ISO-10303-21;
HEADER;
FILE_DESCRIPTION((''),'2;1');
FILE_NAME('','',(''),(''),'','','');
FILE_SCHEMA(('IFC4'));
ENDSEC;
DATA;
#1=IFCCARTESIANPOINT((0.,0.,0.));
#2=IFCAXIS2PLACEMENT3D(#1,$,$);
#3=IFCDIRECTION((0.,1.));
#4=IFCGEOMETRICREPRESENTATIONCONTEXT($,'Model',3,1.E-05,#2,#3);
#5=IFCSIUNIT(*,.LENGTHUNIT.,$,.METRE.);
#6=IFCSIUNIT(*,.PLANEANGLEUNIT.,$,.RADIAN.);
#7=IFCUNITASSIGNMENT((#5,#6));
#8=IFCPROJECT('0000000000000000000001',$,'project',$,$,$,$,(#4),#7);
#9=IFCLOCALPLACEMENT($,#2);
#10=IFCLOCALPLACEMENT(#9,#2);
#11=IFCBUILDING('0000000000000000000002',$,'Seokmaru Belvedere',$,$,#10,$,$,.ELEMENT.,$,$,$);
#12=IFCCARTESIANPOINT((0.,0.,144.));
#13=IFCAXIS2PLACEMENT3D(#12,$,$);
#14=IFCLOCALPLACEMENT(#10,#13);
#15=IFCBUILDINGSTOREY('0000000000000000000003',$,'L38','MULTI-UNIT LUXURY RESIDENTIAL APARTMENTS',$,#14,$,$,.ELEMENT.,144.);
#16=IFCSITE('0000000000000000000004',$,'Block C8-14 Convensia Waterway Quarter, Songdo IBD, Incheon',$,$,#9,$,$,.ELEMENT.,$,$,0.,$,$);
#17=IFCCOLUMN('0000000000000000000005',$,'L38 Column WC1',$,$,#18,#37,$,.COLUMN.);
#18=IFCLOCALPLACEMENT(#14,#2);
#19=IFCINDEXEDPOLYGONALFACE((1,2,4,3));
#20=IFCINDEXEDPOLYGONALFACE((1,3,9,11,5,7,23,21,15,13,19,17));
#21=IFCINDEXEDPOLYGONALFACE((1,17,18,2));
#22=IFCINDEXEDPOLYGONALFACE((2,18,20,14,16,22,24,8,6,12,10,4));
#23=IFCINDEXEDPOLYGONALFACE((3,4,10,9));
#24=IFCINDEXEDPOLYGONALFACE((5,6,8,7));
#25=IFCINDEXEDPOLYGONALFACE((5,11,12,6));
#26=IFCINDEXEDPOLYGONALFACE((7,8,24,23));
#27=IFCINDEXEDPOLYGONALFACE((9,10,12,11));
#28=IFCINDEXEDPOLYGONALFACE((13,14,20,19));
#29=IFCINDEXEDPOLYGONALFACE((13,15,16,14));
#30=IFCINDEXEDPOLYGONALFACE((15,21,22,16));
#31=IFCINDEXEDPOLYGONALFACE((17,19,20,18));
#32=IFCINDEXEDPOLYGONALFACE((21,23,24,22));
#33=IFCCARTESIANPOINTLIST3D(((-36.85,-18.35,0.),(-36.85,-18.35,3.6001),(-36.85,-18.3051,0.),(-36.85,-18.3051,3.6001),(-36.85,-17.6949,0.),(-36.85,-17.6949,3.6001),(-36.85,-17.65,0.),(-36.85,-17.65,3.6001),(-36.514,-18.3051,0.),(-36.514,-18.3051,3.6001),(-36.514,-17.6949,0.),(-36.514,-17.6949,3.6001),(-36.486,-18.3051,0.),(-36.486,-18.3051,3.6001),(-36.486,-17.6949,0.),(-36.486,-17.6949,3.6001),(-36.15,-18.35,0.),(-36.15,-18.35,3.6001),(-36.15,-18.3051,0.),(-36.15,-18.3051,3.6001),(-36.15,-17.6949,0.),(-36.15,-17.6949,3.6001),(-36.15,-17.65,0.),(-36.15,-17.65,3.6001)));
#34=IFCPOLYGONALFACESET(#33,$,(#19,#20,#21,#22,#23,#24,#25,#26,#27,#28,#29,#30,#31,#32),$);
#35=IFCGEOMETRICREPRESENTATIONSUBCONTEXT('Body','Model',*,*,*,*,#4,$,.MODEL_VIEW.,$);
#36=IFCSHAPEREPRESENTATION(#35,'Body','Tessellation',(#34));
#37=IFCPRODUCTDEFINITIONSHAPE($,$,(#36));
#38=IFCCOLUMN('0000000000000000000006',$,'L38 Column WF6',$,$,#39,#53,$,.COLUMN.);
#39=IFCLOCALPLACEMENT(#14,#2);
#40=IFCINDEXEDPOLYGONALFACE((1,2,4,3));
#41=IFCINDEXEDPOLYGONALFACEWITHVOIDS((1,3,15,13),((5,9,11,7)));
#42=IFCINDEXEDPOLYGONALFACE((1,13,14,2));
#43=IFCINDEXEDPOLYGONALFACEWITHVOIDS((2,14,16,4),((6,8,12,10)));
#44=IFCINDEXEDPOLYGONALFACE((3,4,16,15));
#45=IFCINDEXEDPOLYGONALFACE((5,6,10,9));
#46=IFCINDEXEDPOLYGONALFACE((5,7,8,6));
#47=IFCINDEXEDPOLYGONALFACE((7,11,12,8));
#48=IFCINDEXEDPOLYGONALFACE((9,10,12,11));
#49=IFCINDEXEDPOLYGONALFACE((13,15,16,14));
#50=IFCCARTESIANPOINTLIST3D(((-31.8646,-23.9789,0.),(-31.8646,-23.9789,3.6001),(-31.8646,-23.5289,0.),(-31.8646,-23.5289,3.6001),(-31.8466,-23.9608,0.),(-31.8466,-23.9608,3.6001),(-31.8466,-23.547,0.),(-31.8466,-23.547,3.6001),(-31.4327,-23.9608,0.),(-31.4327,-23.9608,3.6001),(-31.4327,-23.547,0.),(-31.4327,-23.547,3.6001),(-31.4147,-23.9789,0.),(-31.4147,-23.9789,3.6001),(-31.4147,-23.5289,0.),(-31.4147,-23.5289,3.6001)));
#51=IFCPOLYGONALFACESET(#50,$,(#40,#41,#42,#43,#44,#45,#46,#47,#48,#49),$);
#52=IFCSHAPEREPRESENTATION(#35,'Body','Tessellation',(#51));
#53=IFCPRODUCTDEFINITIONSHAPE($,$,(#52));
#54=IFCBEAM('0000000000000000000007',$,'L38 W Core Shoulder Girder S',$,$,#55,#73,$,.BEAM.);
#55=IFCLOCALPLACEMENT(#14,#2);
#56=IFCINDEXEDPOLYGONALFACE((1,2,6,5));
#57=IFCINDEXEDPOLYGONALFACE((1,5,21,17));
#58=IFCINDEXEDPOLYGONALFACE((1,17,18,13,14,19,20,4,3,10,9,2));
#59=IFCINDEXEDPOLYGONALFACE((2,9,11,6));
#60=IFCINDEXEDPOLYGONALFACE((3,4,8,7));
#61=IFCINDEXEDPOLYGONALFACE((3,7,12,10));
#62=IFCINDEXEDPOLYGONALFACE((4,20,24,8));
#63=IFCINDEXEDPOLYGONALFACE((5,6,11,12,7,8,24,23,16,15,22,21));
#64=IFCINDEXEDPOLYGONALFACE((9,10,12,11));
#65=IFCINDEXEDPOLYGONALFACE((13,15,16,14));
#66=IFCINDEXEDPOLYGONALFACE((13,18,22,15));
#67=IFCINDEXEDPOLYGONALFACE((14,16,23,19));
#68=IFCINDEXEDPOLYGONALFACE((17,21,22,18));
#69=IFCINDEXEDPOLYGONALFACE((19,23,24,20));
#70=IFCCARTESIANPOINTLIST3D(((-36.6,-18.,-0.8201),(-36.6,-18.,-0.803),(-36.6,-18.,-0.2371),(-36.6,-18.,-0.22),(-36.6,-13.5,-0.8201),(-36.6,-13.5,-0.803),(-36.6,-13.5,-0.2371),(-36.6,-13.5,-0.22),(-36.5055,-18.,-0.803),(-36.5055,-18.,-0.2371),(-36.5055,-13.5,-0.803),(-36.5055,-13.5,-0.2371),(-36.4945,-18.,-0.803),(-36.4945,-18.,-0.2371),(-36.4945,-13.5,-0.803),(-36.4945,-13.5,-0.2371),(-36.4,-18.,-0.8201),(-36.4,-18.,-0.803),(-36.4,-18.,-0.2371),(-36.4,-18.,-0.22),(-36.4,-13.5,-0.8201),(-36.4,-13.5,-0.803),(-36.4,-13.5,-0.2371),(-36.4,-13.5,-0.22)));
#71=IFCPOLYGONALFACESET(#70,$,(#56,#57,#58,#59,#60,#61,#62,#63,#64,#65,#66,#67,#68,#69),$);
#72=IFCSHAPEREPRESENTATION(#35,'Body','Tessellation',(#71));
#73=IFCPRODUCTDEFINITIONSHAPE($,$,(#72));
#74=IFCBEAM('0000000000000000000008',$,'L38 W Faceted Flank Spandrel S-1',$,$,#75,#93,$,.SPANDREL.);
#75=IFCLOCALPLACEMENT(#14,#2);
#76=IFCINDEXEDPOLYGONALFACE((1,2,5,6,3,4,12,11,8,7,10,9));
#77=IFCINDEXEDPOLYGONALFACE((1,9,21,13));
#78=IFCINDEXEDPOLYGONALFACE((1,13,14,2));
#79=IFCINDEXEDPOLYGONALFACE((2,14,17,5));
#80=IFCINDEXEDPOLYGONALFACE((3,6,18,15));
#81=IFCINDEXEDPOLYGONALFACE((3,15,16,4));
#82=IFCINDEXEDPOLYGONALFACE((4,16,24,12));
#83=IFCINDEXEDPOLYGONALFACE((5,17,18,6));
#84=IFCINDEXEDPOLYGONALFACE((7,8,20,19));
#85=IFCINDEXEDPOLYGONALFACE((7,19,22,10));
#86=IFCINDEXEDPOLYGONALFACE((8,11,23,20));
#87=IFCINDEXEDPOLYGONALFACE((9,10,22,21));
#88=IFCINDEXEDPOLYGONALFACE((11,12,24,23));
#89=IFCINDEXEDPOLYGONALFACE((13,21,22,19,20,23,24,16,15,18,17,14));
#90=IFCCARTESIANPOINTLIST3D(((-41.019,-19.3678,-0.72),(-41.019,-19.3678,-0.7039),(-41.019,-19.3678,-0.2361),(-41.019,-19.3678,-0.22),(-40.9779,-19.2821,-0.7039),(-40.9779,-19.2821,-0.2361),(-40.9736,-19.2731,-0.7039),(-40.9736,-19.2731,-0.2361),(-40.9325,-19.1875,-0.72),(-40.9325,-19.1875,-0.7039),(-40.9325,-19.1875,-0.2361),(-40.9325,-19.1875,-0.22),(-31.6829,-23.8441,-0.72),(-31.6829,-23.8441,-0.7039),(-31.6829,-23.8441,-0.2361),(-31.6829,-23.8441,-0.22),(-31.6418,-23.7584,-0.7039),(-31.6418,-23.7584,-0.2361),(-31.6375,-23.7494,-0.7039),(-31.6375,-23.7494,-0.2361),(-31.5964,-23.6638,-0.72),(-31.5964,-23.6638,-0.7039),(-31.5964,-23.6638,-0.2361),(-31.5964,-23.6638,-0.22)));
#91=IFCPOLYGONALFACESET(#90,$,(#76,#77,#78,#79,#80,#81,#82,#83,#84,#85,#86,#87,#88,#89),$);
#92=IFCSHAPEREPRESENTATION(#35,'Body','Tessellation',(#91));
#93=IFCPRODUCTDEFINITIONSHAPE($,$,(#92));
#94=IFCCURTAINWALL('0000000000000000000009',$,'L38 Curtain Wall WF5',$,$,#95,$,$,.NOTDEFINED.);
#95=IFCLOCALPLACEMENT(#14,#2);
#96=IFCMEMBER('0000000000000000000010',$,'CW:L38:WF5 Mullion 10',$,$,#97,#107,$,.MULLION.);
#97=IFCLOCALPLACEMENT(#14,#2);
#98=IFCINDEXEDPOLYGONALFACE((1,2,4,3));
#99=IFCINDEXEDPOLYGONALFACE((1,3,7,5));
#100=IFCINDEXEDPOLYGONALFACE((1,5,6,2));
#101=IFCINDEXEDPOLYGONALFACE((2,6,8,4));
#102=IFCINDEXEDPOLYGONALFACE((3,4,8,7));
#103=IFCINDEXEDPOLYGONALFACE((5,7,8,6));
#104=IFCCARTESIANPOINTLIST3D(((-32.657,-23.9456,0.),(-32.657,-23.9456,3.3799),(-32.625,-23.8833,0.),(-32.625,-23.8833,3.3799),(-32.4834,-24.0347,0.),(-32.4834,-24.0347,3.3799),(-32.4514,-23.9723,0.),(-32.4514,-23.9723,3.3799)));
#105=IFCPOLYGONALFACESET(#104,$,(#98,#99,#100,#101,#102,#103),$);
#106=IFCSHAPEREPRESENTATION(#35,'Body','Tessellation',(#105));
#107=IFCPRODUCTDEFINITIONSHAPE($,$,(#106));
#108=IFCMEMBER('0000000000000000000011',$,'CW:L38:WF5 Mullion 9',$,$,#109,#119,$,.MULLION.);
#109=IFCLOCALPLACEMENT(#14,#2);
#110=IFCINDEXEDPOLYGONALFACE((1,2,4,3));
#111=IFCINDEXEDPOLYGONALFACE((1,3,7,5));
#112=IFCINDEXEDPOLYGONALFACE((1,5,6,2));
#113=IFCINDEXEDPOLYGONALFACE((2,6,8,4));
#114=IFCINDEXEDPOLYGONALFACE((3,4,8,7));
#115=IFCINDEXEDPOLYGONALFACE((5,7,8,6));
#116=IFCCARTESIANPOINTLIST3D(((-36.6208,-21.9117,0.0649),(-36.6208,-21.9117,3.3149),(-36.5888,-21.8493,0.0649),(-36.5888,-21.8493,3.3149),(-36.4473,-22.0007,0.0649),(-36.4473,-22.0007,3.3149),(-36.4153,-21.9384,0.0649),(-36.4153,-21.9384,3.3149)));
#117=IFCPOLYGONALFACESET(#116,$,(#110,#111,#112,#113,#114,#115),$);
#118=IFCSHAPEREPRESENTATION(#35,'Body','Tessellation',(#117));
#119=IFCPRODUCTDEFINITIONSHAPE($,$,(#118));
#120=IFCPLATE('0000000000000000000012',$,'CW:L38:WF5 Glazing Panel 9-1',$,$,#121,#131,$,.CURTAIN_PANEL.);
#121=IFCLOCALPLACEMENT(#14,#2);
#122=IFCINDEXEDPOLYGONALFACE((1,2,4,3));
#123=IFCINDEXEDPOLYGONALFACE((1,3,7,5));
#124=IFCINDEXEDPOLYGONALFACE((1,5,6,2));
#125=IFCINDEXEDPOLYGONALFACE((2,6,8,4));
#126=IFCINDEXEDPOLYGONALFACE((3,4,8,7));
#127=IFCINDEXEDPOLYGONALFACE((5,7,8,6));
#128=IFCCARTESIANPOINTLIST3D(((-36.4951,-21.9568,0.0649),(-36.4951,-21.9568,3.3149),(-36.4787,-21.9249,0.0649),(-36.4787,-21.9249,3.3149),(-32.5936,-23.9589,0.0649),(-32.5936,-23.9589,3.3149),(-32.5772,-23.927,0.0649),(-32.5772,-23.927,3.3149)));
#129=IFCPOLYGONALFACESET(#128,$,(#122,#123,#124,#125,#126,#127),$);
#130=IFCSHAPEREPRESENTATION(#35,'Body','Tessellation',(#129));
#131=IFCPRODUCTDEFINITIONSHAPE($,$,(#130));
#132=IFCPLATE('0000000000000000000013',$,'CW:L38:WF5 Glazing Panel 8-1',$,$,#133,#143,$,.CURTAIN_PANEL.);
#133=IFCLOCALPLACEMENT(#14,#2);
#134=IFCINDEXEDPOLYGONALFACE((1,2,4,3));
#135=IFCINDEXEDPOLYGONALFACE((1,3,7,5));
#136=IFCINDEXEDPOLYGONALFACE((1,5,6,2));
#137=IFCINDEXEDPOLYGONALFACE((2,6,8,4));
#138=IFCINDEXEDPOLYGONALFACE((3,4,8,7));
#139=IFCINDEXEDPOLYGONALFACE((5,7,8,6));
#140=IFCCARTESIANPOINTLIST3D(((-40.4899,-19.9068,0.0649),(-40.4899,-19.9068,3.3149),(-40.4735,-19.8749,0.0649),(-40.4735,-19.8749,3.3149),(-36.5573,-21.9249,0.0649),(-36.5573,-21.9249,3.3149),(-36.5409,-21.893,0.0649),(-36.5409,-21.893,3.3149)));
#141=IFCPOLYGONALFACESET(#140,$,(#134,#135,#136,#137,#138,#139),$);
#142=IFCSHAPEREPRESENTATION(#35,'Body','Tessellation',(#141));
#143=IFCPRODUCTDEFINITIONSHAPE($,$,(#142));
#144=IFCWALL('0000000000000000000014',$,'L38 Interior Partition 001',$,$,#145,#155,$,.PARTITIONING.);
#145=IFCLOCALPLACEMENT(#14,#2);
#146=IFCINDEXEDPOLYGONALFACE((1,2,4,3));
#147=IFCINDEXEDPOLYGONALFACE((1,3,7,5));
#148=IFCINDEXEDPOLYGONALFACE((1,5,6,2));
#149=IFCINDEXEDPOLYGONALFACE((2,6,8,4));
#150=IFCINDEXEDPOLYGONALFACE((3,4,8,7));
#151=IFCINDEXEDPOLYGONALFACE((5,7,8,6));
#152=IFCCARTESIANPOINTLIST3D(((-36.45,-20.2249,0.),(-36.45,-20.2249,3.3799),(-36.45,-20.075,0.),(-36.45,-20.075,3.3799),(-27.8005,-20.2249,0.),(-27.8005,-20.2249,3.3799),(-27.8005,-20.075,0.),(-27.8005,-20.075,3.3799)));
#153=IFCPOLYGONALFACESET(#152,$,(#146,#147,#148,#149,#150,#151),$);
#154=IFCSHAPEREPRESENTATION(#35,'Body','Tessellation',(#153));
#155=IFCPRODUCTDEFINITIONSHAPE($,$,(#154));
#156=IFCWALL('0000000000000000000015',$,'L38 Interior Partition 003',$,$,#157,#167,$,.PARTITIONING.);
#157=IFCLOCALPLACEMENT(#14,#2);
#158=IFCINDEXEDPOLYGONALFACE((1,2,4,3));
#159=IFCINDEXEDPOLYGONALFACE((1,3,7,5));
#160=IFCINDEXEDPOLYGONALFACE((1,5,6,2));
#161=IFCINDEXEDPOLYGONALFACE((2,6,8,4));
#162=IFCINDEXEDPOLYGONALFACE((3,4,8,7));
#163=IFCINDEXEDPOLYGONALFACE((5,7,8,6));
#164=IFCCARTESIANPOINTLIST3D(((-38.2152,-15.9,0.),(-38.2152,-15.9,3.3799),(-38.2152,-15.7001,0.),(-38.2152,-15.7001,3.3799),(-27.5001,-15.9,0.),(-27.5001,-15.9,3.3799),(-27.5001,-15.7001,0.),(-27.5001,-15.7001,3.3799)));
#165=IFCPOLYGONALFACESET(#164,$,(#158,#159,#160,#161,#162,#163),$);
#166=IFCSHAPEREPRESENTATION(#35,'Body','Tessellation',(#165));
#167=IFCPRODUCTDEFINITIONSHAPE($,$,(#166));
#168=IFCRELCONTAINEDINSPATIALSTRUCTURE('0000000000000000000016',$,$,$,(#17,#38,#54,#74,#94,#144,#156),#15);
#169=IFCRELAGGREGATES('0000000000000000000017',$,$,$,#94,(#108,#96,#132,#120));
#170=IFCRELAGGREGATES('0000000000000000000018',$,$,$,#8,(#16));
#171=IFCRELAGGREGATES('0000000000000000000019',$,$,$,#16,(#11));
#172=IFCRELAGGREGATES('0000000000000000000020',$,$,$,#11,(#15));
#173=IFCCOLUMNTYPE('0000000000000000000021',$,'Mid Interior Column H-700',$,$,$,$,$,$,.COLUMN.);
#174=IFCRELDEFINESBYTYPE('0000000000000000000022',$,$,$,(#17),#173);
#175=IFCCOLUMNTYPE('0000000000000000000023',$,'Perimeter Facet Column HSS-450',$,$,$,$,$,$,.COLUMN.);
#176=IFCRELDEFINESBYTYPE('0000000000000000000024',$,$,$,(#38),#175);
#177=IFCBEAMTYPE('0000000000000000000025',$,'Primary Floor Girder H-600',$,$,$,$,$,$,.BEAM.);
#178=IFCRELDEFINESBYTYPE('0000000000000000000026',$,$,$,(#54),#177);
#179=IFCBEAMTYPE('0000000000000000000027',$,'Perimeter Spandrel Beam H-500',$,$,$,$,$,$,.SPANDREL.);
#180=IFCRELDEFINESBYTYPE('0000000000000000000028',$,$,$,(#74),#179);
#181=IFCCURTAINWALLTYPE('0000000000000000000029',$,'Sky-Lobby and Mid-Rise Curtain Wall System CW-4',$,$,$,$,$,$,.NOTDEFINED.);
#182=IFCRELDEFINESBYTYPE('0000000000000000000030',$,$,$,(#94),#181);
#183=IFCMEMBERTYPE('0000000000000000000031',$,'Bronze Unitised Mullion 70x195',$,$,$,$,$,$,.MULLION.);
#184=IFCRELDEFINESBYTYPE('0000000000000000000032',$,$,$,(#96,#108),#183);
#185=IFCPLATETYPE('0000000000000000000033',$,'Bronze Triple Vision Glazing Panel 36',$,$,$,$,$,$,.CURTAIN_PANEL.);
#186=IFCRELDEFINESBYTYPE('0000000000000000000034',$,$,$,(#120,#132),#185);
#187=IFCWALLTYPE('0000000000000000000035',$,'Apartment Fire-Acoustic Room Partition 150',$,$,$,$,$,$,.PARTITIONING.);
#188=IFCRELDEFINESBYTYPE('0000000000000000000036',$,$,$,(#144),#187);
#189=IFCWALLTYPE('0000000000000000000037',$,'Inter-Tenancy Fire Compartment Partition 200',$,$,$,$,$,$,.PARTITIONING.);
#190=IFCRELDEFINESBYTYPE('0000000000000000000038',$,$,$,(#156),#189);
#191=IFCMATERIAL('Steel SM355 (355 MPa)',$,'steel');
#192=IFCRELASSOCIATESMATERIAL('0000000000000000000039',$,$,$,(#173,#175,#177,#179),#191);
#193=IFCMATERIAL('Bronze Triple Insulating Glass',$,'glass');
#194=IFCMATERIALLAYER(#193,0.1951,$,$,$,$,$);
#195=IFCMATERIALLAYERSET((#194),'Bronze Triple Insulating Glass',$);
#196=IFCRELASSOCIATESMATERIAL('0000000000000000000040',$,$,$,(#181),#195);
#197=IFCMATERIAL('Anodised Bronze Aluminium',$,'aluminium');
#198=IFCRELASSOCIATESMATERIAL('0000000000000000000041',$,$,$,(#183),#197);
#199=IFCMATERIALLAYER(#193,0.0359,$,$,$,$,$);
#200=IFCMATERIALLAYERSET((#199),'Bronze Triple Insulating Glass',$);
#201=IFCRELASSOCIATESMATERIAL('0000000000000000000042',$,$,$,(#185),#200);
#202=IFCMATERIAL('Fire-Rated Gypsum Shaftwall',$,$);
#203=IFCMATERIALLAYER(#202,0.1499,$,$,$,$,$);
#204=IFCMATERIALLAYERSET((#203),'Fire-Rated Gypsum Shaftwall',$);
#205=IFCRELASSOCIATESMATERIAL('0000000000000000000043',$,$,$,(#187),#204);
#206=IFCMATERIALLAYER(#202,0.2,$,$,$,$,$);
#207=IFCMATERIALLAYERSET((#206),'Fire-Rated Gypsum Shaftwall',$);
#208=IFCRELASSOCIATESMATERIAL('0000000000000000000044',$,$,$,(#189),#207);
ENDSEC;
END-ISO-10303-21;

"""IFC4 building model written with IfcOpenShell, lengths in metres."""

from ifc_helpers import new_model, si_unit, direction, frame, frame_2d, origin, origin_2d, place, context, subcontext, project, spatial, rectangle, hollow_rectangle, i_section, extrude, source, transform, mapped, material, layer, layer_set, material_profile, profile_set, type_object, type_shapes, element, aggregate, save


model = new_model("IFC4")

# Units and contexts
model_context = context("Model", 3, precision=1e-05, world=origin(), true_north=direction((0.0, 1.0)))
body_context = subcontext(model_context, "Body", "Model", "MODEL_VIEW")
ifc_project = project(units=[si_unit("LENGTHUNIT", "METRE"), si_unit("PLANEANGLEUNIT", "RADIAN")], contexts=[model_context])

# Site, building, storey
site_placement = place(None, origin())
site = spatial("IfcSite", under=ifc_project, at=site_placement, Name="Block C8-14 Convensia Waterway Quarter, Songdo IBD, Incheon", CompositionType="ELEMENT", RefElevation=0.0)
building_placement = place(site_placement, origin())
building = spatial("IfcBuilding", under=site, at=building_placement, Name="Seokmaru Belvedere", CompositionType="ELEMENT")
storey_placement = place(building_placement, frame((0.0, 0.0, 144.0)))
storey = spatial("IfcBuildingStorey", under=building, at=storey_placement, Name="L38", Description="MULTI-UNIT LUXURY RESIDENTIAL APARTMENTS", CompositionType="ELEMENT", Elevation=144.0)

# Columns
ifc_material_1 = material(Name="Steel SM355 (355 MPa)", Category="steel")
ifc_material_profile_1 = material_profile(ifc_material_1, i_section(OverallWidth=0.7, OverallDepth=0.7, WebThickness=0.0281, FlangeThickness=0.0449, at=origin_2d()), Name="H-700x700x28x45")
ifc_profile_set_1 = profile_set([ifc_material_profile_1], Name="Steel SM355 (355 MPa)")
column_type_1 = type_object("IfcColumnType", Name="Mid Interior Column H-700", PredefinedType="COLUMN", material=ifc_profile_set_1)
shared_shape_1 = source(origin(), body_context, "Body", "SweptSolid", [
    extrude(i_section(OverallWidth=0.7, OverallDepth=0.7, WebThickness=0.0281, FlangeThickness=0.0449, at=origin_2d()), origin(), (0.0, 0.0, 1.0), 3.6001),
])
type_shapes(column_type_1, [shared_shape_1])
column_1_placement = place(storey_placement, frame((-36.5, -18.0, 0.0), z_axis=(0.0, 0.0, 1.0), x_axis=(1.0, 0.0, 0.0)))
element("IfcColumn", 1, at=column_1_placement, inside=storey, type_object=column_type_1, Name="L38 Column WC1", PredefinedType="COLUMN", context=body_context, shape_type="MappedRepresentation", body=[
    mapped(shared_shape_1, transform((0.0, 0.0, 0.0), scale=1.0)),
])
ifc_material_profile_2 = material_profile(ifc_material_1, hollow_rectangle(XDim=0.45, YDim=0.45, WallThickness=0.0181, at=origin_2d()), Name="HSS-450x450x18")
ifc_profile_set_2 = profile_set([ifc_material_profile_2], Name="Steel SM355 (355 MPa)")
column_type_2 = type_object("IfcColumnType", Name="Perimeter Facet Column HSS-450", PredefinedType="COLUMN", material=ifc_profile_set_2)
shared_shape_2 = source(origin(), body_context, "Body", "SweptSolid", [
    extrude(hollow_rectangle(XDim=0.45, YDim=0.45, WallThickness=0.0181, at=origin_2d()), origin(), (0.0, 0.0, 1.0), 3.6001),
])
type_shapes(column_type_2, [shared_shape_2])
column_2_placement = place(storey_placement, frame((-31.6396, -23.7539, 0.0), z_axis=(0.0, 0.0, 1.0), x_axis=(1.0, 0.0, 0.0)))
element("IfcColumn", 2, at=column_2_placement, inside=storey, type_object=column_type_2, Name="L38 Column WF6", PredefinedType="COLUMN", context=body_context, shape_type="MappedRepresentation", body=[
    mapped(shared_shape_2, transform((0.0, 0.0, 0.0), scale=1.0)),
])

# Beams
ifc_material_profile_3 = material_profile(ifc_material_1, i_section(OverallWidth=0.2, OverallDepth=0.6001, WebThickness=0.011, FlangeThickness=0.0171, at=origin_2d()), Name="H-600x200x11x17")
ifc_profile_set_3 = profile_set([ifc_material_profile_3], Name="Steel SM355 (355 MPa)")
beam_type_1 = type_object("IfcBeamType", Name="Primary Floor Girder H-600", PredefinedType="BEAM", material=ifc_profile_set_3)
shared_shape_3 = source(origin(), body_context, "Body", "SweptSolid", [
    extrude(i_section(OverallWidth=0.2, OverallDepth=0.6001, WebThickness=0.011, FlangeThickness=0.0171, at=origin_2d()), origin(), (0.0, 0.0, 1.0), 4.5),
])
type_shapes(beam_type_1, [shared_shape_3])
beam_1_placement = place(storey_placement, frame((-36.5, -18.0, -0.52), z_axis=(0.0, 1.0, 0.0), x_axis=(-1.0, 0.0, 0.0)))
element("IfcBeam", 3, at=beam_1_placement, inside=storey, type_object=beam_type_1, Name="L38 W Core Shoulder Girder S", PredefinedType="BEAM", context=body_context, shape_type="MappedRepresentation", body=[
    mapped(shared_shape_3, transform((0.0, 0.0, 0.0), scale=1.0)),
])
ifc_material_profile_4 = material_profile(ifc_material_1, i_section(OverallWidth=0.2, OverallDepth=0.5, WebThickness=0.01, FlangeThickness=0.0161, at=origin_2d()), Name="H-500x200x10x16")
ifc_profile_set_4 = profile_set([ifc_material_profile_4], Name="Steel SM355 (355 MPa)")
beam_type_2 = type_object("IfcBeamType", Name="Perimeter Spandrel Beam H-500", PredefinedType="SPANDREL", material=ifc_profile_set_4)
shared_shape_4 = source(origin(), body_context, "Body", "SweptSolid", [
    extrude(i_section(OverallWidth=0.2, OverallDepth=0.5, WebThickness=0.01, FlangeThickness=0.0161, at=origin_2d()), origin(), (0.0, 0.0, 1.0), 10.3538),
])
type_shapes(beam_type_2, [shared_shape_4])
beam_2_placement = place(storey_placement, frame((-31.6396, -23.7539, -0.47), z_axis=(-0.901713, 0.432335, 0.0), x_axis=(-0.432335, -0.901713, 0.0)))
element("IfcBeam", 4, at=beam_2_placement, inside=storey, type_object=beam_type_2, Name="L38 W Faceted Flank Spandrel S-1", PredefinedType="SPANDREL", context=body_context, shape_type="MappedRepresentation", body=[
    mapped(shared_shape_4, transform((0.0, 0.0, 0.0), scale=1.0)),
])

# Curtain wall, members, plates
ifc_material_2 = material(Name="Bronze Triple Insulating Glass", Category="glass")
ifc_layer_1 = layer(ifc_material_2, 0.1951)
ifc_layer_set_1 = layer_set([ifc_layer_1], Name="Bronze Triple Insulating Glass")
curtain_wall_type = type_object("IfcCurtainWallType", Name="Sky-Lobby and Mid-Rise Curtain Wall System CW-4", PredefinedType="NOTDEFINED", material=ifc_layer_set_1)
curtain_wall_placement = place(storey_placement, origin())
curtain_wall = element("IfcCurtainWall", 5, at=curtain_wall_placement, inside=storey, type_object=curtain_wall_type, Name="L38 Curtain Wall WF5", PredefinedType="NOTDEFINED")
ifc_material_3 = material(Name="Anodised Bronze Aluminium", Category="aluminium")
ifc_material_profile_5 = material_profile(ifc_material_3, rectangle(XDim=0.0701, YDim=0.1951, at=origin_2d()), Name="CW-M-70x195")
ifc_profile_set_5 = profile_set([ifc_material_profile_5], Name="Anodised Bronze Aluminium")
member_type = type_object("IfcMemberType", Name="Bronze Unitised Mullion 70x195", PredefinedType="MULLION", material=ifc_profile_set_5)
shared_shape_5 = source(origin(), body_context, "Body", "SweptSolid", [
    extrude(rectangle(XDim=0.0701, YDim=0.1951, at=origin_2d()), origin(), (0.0, 0.0, 1.0), 3.3799),
])
member_1_placement = place(storey_placement, frame((-32.5542, -23.959, 0.0), z_axis=(0.0, 0.0, 1.0), x_axis=(0.456555, 0.889695, 0.0)))
member_1 = element("IfcMember", 6, at=member_1_placement, type_object=member_type, Name="CW:L38:WF5 Mullion 10", PredefinedType="MULLION", context=body_context, shape_type="MappedRepresentation", body=[
    mapped(shared_shape_5, transform((0.0, 0.0, 0.0), scale=1.0)),
])
shared_shape_6 = source(origin(), body_context, "Body", "SweptSolid", [
    extrude(rectangle(XDim=0.0701, YDim=0.1951, at=origin_2d()), origin(), (0.0, 0.0, 1.0), 3.25),
])
type_shapes(member_type, [shared_shape_5, shared_shape_6])
member_2_placement = place(storey_placement, frame((-36.5181, -21.925, 0.0649), z_axis=(0.0, 0.0, 1.0), x_axis=(0.456555, 0.889695, 0.0)))
member_2 = element("IfcMember", 7, at=member_2_placement, type_object=member_type, Name="CW:L38:WF5 Mullion 9", PredefinedType="MULLION", context=body_context, shape_type="MappedRepresentation", body=[
    mapped(shared_shape_6, transform((0.0, 0.0, 0.0), scale=1.0)),
])
ifc_layer_2 = layer(ifc_material_2, 0.0359)
ifc_layer_set_2 = layer_set([ifc_layer_2], Name="Bronze Triple Insulating Glass")
plate_type = type_object("IfcPlateType", Name="Bronze Triple Vision Glazing Panel 36", PredefinedType="CURTAIN_PANEL", material=ifc_layer_set_2)
shared_shape_7 = source(origin(), body_context, "Body", "SweptSolid", [
    extrude(rectangle(XDim=4.3853, YDim=0.0359, at=origin_2d()), origin(), (0.0, 0.0, 1.0), 3.25),
])
plate_1_placement = place(storey_placement, frame((-34.5361, -22.9419, 0.0649), z_axis=(0.0, 0.0, 1.0), x_axis=(0.889695, -0.456555, 0.0)))
plate_1 = element("IfcPlate", 8, at=plate_1_placement, type_object=plate_type, Name="CW:L38:WF5 Glazing Panel 9-1", PredefinedType="CURTAIN_PANEL", context=body_context, shape_type="MappedRepresentation", body=[
    mapped(shared_shape_7, transform((0.0, 0.0, 0.0), scale=1.0)),
])
shared_shape_8 = source(origin(), body_context, "Body", "SweptSolid", [
    extrude(rectangle(XDim=4.4202, YDim=0.0359, at=origin_2d()), origin(), (0.0, 0.0, 1.0), 3.25),
])
type_shapes(plate_type, [shared_shape_7, shared_shape_8])
plate_2_placement = place(storey_placement, frame((-38.5154, -20.8999, 0.0649), z_axis=(0.0, 0.0, 1.0), x_axis=(0.889695, -0.456555, 0.0)))
plate_2 = element("IfcPlate", 9, at=plate_2_placement, type_object=plate_type, Name="CW:L38:WF5 Glazing Panel 8-1", PredefinedType="CURTAIN_PANEL", context=body_context, shape_type="MappedRepresentation", body=[
    mapped(shared_shape_8, transform((0.0, 0.0, 0.0), scale=1.0)),
])
aggregate(curtain_wall, [member_2, member_1, plate_2, plate_1])

# Walls
ifc_material_4 = material(Name="Fire-Rated Gypsum Shaftwall")
ifc_layer_3 = layer(ifc_material_4, 0.1499)
ifc_layer_set_3 = layer_set([ifc_layer_3], Name="Fire-Rated Gypsum Shaftwall")
wall_type_1 = type_object("IfcWallType", Name="Apartment Fire-Acoustic Room Partition 150", PredefinedType="PARTITIONING", material=ifc_layer_set_3)
wall_1_placement = place(storey_placement, frame((-36.45, -20.1499, 0.0), z_axis=(0.0, 0.0, 1.0), x_axis=(1.0, 0.0, 0.0)))
element("IfcWall", 10, at=wall_1_placement, inside=storey, type_object=wall_type_1, Name="L38 Interior Partition 001", PredefinedType="PARTITIONING", context=body_context, shape_type="SweptSolid", body=[
    extrude(rectangle(XDim=8.6494, YDim=0.1499, at=frame_2d((4.3247, 0.0))), origin(), (0.0, 0.0, 1.0), 3.3799),
])
ifc_layer_4 = layer(ifc_material_4, 0.2)
ifc_layer_set_4 = layer_set([ifc_layer_4], Name="Fire-Rated Gypsum Shaftwall")
wall_type_2 = type_object("IfcWallType", Name="Inter-Tenancy Fire Compartment Partition 200", PredefinedType="PARTITIONING", material=ifc_layer_set_4)
wall_2_placement = place(storey_placement, frame((-38.2151, -15.8, 0.0), z_axis=(0.0, 0.0, 1.0), x_axis=(1.0, 0.0, 0.0)))
element("IfcWall", 11, at=wall_2_placement, inside=storey, type_object=wall_type_2, Name="L38 Interior Partition 003", PredefinedType="PARTITIONING", context=body_context, shape_type="SweptSolid", body=[
    extrude(rectangle(XDim=10.7151, YDim=0.2, at=frame_2d((5.3574, 0.0))), origin(), (0.0, 0.0, 1.0), 3.3799),
])

save(model, "model.ifc")
